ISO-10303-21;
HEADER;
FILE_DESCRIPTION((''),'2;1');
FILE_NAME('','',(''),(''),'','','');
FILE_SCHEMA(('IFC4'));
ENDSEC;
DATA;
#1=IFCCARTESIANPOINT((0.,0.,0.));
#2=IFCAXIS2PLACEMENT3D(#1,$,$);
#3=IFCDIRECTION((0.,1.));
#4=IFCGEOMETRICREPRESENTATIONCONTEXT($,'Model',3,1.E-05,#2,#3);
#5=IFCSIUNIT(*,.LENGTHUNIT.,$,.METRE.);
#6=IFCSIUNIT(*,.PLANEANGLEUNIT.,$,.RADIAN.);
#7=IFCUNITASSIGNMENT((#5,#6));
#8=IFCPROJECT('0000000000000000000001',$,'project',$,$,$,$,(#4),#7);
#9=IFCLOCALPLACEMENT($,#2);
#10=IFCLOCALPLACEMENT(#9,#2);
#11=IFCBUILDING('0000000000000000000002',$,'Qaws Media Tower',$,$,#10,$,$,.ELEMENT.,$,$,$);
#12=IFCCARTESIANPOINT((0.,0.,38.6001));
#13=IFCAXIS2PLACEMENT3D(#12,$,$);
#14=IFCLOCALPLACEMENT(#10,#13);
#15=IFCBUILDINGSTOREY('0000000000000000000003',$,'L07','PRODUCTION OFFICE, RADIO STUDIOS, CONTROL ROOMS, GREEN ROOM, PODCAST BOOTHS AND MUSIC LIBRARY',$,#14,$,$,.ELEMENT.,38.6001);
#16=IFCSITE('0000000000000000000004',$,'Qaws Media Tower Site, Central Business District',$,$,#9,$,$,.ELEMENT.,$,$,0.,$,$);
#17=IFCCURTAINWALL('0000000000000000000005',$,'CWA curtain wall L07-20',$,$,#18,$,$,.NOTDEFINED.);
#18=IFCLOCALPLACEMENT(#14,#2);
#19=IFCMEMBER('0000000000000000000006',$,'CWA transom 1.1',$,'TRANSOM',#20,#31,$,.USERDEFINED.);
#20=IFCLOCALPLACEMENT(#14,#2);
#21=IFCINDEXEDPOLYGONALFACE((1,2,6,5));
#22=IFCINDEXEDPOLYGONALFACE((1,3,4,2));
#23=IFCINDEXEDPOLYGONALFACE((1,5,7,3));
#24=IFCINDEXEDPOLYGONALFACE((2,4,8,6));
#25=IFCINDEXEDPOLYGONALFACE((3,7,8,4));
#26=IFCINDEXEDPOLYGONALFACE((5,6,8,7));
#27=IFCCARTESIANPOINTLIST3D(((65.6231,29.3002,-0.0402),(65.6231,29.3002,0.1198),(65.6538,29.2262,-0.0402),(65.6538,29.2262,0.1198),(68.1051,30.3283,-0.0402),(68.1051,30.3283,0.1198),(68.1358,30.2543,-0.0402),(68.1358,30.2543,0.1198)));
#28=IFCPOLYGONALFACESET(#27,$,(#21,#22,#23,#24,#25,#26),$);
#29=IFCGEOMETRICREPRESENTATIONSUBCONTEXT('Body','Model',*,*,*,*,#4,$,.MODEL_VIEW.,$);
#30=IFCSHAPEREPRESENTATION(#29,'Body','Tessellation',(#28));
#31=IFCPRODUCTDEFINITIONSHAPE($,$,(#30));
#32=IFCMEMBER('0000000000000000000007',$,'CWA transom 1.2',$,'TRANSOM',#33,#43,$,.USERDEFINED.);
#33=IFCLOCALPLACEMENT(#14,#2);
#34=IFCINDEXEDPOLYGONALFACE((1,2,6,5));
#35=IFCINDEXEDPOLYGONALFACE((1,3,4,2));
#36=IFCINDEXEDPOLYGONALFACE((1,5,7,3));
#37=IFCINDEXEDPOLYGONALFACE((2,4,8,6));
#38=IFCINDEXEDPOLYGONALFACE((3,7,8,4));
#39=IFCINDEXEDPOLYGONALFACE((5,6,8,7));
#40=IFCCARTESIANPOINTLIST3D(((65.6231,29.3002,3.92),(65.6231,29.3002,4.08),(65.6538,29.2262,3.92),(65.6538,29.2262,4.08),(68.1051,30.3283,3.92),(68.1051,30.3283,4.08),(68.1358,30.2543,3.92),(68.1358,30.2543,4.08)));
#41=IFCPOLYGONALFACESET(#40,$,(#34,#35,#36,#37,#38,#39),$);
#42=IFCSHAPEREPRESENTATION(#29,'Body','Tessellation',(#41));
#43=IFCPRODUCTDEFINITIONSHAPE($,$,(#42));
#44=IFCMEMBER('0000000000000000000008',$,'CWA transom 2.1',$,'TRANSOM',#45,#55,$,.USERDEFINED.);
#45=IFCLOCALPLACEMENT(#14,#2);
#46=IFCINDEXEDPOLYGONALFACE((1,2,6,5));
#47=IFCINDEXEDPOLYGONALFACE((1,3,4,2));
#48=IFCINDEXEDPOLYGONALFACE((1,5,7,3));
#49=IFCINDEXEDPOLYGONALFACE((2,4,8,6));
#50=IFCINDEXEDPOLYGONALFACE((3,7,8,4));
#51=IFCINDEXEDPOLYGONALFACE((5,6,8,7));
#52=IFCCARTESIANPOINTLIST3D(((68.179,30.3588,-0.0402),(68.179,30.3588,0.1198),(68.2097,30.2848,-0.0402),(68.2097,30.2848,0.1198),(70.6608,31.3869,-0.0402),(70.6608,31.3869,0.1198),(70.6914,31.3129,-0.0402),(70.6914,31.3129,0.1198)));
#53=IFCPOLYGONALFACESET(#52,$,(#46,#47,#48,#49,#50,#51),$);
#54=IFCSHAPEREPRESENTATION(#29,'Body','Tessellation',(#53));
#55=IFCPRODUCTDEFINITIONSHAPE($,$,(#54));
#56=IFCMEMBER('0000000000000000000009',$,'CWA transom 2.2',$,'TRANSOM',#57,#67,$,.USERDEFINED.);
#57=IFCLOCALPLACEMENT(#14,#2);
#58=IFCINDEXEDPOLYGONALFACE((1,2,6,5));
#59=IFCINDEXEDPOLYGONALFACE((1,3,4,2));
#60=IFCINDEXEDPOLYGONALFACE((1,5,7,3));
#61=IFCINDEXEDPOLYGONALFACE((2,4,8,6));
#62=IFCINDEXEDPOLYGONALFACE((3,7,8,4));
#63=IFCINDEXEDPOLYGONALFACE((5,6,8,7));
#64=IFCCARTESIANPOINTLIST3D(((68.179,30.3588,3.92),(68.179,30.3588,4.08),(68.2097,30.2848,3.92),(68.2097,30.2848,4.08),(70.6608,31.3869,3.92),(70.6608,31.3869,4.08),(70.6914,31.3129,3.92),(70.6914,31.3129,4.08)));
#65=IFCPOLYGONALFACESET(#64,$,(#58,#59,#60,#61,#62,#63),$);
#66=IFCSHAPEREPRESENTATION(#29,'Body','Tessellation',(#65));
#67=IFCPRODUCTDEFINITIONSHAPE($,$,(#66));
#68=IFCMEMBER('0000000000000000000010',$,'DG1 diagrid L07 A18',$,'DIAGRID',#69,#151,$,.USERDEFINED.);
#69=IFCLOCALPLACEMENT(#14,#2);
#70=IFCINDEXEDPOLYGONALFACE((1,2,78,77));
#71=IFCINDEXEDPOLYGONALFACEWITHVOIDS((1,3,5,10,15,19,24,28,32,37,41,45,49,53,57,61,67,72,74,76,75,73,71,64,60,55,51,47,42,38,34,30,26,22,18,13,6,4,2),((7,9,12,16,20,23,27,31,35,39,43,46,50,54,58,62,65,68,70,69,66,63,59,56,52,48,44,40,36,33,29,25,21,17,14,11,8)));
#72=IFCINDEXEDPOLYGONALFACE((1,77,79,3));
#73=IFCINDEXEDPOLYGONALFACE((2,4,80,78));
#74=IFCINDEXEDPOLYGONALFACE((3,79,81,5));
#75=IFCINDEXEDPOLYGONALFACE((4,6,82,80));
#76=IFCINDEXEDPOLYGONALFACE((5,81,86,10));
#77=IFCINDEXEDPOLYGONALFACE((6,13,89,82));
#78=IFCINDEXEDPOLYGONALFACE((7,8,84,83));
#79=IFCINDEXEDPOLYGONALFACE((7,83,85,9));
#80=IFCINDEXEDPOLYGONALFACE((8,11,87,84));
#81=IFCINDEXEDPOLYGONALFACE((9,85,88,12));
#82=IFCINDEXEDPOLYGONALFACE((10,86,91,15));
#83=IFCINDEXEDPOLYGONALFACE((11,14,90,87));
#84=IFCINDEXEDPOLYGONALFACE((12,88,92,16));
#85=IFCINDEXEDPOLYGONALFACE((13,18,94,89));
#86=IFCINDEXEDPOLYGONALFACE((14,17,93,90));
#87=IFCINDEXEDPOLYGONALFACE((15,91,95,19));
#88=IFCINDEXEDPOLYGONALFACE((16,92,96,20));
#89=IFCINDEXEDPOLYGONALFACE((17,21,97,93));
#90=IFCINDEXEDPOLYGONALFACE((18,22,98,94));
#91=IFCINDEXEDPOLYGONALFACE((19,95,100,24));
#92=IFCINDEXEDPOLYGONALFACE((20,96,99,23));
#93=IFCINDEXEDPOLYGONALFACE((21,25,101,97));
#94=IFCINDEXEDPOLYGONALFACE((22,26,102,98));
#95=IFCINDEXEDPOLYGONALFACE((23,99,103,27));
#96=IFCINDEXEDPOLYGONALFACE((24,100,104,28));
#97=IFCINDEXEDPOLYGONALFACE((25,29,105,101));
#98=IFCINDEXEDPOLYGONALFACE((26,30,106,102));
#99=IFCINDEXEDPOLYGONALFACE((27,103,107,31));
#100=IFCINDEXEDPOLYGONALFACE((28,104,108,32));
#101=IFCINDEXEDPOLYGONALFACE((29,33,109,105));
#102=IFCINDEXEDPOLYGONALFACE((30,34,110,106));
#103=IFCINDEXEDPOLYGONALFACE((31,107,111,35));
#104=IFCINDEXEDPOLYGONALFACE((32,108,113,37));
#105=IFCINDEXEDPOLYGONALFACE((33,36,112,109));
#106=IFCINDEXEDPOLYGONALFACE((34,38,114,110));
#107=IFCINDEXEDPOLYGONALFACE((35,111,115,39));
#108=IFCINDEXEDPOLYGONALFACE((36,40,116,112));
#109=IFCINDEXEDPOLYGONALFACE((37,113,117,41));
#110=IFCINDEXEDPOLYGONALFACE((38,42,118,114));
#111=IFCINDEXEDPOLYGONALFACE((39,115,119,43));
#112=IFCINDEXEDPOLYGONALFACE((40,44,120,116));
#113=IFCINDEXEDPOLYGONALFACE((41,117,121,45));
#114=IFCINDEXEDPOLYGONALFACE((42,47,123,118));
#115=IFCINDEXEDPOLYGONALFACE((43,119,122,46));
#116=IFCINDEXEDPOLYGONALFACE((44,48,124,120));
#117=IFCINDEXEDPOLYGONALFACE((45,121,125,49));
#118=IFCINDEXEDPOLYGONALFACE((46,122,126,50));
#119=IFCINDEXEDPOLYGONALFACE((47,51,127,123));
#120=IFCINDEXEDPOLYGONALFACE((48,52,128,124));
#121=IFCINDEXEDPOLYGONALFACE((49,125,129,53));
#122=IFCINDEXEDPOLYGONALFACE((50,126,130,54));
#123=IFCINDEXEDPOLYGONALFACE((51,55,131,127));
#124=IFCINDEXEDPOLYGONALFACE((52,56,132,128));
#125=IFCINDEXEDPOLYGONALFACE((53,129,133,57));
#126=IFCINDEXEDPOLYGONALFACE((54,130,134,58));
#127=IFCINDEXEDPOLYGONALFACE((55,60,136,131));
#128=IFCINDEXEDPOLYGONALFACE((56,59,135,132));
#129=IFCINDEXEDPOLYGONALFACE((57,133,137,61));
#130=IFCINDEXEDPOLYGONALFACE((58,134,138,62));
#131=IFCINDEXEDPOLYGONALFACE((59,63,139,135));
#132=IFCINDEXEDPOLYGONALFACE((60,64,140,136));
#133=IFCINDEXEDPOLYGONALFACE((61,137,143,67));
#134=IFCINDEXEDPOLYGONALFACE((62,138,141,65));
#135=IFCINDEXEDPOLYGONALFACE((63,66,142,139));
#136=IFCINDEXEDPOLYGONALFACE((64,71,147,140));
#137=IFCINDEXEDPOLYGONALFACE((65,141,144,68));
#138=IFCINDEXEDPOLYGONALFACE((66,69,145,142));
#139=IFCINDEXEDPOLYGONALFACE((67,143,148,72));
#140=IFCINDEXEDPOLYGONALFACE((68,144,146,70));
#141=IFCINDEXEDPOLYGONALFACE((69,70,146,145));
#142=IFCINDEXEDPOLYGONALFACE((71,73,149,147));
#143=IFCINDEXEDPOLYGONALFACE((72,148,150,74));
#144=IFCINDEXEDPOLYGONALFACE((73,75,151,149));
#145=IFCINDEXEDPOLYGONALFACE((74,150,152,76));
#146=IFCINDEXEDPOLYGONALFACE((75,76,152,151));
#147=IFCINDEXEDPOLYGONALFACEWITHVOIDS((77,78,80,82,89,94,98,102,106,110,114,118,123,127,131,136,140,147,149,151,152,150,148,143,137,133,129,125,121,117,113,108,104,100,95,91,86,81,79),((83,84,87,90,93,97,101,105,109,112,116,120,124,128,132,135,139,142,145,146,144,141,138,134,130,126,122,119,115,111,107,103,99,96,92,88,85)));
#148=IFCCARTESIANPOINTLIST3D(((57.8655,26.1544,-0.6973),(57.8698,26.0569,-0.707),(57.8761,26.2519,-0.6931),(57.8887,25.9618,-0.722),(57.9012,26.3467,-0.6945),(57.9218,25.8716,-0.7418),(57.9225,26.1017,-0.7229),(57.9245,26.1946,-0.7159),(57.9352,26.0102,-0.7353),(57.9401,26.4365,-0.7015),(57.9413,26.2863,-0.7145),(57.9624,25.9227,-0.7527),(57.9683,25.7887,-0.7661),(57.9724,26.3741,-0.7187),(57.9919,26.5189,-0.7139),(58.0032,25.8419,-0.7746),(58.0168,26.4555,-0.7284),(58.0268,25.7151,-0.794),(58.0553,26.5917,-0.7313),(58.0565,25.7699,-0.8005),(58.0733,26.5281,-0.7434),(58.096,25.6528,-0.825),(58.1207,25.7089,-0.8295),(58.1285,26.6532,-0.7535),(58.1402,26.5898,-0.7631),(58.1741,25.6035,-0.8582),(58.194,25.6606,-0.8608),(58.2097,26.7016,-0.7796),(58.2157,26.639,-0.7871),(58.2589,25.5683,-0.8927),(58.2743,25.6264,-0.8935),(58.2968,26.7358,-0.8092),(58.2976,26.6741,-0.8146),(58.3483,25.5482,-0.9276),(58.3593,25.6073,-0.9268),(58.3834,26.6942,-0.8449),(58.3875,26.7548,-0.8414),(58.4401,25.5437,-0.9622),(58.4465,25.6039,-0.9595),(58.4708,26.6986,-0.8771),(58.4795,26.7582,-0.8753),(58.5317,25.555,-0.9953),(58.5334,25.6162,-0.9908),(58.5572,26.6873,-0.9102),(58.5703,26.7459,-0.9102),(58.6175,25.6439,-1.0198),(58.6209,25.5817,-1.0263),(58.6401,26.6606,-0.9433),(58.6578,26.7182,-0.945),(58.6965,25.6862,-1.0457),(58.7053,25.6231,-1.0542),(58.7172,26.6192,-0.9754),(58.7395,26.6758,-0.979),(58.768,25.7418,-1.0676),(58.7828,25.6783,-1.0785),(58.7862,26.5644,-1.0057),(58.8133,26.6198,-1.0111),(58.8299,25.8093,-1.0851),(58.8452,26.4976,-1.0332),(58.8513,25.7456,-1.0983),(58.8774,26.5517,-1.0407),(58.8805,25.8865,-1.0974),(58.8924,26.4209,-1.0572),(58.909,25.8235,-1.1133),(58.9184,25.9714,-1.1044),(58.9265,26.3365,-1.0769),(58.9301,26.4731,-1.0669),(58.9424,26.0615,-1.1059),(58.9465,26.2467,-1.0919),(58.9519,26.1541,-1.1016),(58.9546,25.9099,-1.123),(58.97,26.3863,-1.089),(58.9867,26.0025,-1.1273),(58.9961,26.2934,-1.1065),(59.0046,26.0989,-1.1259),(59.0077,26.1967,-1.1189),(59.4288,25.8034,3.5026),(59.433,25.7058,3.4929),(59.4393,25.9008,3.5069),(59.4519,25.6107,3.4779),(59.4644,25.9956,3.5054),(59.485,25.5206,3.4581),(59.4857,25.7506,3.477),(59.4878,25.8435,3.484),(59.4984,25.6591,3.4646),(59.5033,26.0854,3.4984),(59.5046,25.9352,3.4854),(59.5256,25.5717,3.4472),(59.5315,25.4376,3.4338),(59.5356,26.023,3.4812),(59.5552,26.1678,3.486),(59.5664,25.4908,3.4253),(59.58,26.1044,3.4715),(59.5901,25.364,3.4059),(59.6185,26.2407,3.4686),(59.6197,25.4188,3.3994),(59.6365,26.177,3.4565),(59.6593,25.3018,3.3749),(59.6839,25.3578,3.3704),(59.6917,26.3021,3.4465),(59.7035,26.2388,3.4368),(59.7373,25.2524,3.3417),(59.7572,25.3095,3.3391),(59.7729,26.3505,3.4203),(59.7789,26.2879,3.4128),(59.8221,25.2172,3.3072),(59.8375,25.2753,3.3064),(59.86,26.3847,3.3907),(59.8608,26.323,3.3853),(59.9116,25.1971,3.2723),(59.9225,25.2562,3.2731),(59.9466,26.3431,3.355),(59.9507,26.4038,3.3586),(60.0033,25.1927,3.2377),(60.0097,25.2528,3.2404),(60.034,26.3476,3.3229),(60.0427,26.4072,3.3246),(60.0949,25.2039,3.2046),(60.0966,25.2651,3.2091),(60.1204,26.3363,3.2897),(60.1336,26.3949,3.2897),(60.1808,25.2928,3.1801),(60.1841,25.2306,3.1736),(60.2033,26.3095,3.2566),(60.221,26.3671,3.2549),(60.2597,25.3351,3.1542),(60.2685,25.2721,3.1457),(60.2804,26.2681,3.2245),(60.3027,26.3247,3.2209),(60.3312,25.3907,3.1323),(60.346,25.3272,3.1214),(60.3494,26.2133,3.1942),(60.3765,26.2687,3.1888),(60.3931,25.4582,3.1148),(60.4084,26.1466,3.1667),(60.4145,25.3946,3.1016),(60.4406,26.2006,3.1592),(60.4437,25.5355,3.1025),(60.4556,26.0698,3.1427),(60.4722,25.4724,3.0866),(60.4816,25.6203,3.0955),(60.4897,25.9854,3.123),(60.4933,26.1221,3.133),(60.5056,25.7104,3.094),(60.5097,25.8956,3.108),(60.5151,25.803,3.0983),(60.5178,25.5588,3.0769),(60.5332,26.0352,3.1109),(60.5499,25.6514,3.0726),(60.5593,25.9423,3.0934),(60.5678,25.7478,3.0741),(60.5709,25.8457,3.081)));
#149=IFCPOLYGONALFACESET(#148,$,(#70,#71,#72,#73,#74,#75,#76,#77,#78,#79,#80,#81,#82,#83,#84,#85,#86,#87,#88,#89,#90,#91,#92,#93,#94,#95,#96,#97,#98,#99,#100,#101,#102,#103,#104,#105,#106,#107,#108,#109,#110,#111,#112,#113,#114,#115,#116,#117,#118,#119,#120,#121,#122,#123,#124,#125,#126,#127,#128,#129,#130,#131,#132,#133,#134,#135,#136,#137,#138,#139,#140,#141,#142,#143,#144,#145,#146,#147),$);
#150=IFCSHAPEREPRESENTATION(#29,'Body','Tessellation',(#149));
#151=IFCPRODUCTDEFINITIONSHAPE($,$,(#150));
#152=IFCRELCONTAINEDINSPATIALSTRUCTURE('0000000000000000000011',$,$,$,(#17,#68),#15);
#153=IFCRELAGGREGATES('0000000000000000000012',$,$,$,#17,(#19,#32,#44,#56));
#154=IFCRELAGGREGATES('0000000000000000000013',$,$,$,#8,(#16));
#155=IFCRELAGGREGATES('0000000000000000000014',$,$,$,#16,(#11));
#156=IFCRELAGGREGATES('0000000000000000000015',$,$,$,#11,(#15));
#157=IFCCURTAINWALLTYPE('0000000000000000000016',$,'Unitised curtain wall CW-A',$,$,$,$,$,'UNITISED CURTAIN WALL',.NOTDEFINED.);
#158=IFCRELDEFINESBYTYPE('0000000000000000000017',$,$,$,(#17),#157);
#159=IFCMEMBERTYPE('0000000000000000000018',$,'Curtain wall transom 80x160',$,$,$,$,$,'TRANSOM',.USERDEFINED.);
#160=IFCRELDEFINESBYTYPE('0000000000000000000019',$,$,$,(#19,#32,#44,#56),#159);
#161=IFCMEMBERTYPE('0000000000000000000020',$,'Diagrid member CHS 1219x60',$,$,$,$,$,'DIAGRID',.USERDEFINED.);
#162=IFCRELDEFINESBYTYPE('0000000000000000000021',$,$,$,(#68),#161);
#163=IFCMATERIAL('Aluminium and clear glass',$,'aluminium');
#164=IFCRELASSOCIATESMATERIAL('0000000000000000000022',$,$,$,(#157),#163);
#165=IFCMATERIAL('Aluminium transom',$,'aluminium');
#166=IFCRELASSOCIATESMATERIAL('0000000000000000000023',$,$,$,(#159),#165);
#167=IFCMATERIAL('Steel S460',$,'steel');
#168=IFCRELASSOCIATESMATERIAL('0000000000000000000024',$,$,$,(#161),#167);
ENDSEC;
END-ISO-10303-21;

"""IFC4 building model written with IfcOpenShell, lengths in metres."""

from ifc_helpers import new_model, si_unit, direction, frame, origin, origin_2d, place, context, subcontext, project, spatial, rectangle, hollow_circle, extrude, material, material_profile, profile_set, type_object, element, aggregate, save


model = new_model("IFC4")

# Units and contexts
model_context = context("Model", 3, precision=1e-05, world=origin(), true_north=direction((0.0, 1.0)))
body_context = subcontext(model_context, "Body", "Model", "MODEL_VIEW")
ifc_project = project(units=[si_unit("LENGTHUNIT", "METRE"), si_unit("PLANEANGLEUNIT", "RADIAN")], contexts=[model_context])

# Site, building, storey
site_placement = place(None, origin())
site = spatial("IfcSite", under=ifc_project, at=site_placement, Name="Qaws Media Tower Site, Central Business District", CompositionType="ELEMENT", RefElevation=0.0)
building_placement = place(site_placement, origin())
building = spatial("IfcBuilding", under=site, at=building_placement, Name="Qaws Media Tower", CompositionType="ELEMENT")
storey_placement = place(building_placement, frame((0.0, 0.0, 38.6001)))
storey = spatial("IfcBuildingStorey", under=building, at=storey_placement, Name="L07", Description="PRODUCTION OFFICE, RADIO STUDIOS, CONTROL ROOMS, GREEN ROOM, PODCAST BOOTHS AND MUSIC LIBRARY", CompositionType="ELEMENT", Elevation=38.6001)

# Curtain wall
ifc_material_1 = material(Name="Aluminium and clear glass", Category="aluminium")
curtain_wall_type = type_object("IfcCurtainWallType", Name="Unitised curtain wall CW-A", ElementType="UNITISED CURTAIN WALL", PredefinedType="NOTDEFINED", material=ifc_material_1)
curtain_wall_1_placement = place(storey_placement, origin())
curtain_wall_1 = element("IfcCurtainWall", 1, at=curtain_wall_1_placement, inside=storey, type_object=curtain_wall_type, Name="CWA curtain wall L07-20", PredefinedType="NOTDEFINED")

# Members
ifc_material_2 = material(Name="Aluminium transom", Category="aluminium")
ifc_material_profile_1 = material_profile(ifc_material_2, rectangle(XDim=0.0801, YDim=0.1599, at=origin_2d()), Name="80x160")
ifc_profile_set_1 = profile_set([ifc_material_profile_1], Name="Aluminium transom")
member_type_1 = type_object("IfcMemberType", Name="Curtain wall transom 80x160", ElementType="TRANSOM", PredefinedType="USERDEFINED", material=ifc_profile_set_1)
member_1_placement = place(storey_placement, frame((65.6384, 29.2632, 0.0398), z_axis=(0.923876, 0.382692, 0.0), x_axis=(-0.382692, 0.923876, 0.0)))
member_1 = element("IfcMember", 2, at=member_1_placement, type_object=member_type_1, Name="CWA transom 1.1", ObjectType="TRANSOM", PredefinedType="USERDEFINED", context=body_context, shape_type="SweptSolid", body=[
    extrude(rectangle(XDim=0.0801, YDim=0.1599, at=origin_2d()), origin(), (0.0, 0.0, 1.0), 2.6865),
])
member_2_placement = place(storey_placement, frame((65.6384, 29.2632, 4.0), z_axis=(0.923876, 0.382692, 0.0), x_axis=(-0.382692, 0.923876, 0.0)))
member_2 = element("IfcMember", 3, at=member_2_placement, type_object=member_type_1, Name="CWA transom 1.2", ObjectType="TRANSOM", PredefinedType="USERDEFINED", context=body_context, shape_type="SweptSolid", body=[
    extrude(rectangle(XDim=0.0801, YDim=0.1599, at=origin_2d()), origin(), (0.0, 0.0, 1.0), 2.6865),
])
member_3_placement = place(storey_placement, frame((68.1943, 30.3218, 0.0398), z_axis=(0.923863, 0.382724, 0.0), x_axis=(-0.382724, 0.923863, 0.0)))
member_3 = element("IfcMember", 4, at=member_3_placement, type_object=member_type_1, Name="CWA transom 2.1", ObjectType="TRANSOM", PredefinedType="USERDEFINED", context=body_context, shape_type="SweptSolid", body=[
    extrude(rectangle(XDim=0.0801, YDim=0.1599, at=origin_2d()), origin(), (0.0, 0.0, 1.0), 2.6863),
])
member_4_placement = place(storey_placement, frame((68.1943, 30.3218, 4.0), z_axis=(0.923863, 0.382724, 0.0), x_axis=(-0.382724, 0.923863, 0.0)))
member_4 = element("IfcMember", 5, at=member_4_placement, type_object=member_type_1, Name="CWA transom 2.2", ObjectType="TRANSOM", PredefinedType="USERDEFINED", context=body_context, shape_type="SweptSolid", body=[
    extrude(rectangle(XDim=0.0801, YDim=0.1599, at=origin_2d()), origin(), (0.0, 0.0, 1.0), 2.6863),
])

# Member
ifc_material_3 = material(Name="Steel S460", Category="steel")
ifc_material_profile_2 = material_profile(ifc_material_3, hollow_circle(Radius=0.6096, WallThickness=0.0601, at=origin_2d()), Name="CHS 1219x60")
ifc_profile_set_2 = profile_set([ifc_material_profile_2], Name="Steel S460")
member_type_2 = type_object("IfcMemberType", Name="Diagrid member CHS 1219x60", ElementType="DIAGRID", PredefinedType="USERDEFINED", material=ifc_profile_set_2)
for number, where, z_axis, x_axis, name in (
    (6, (58.4368, 26.1511, -0.9102), (0.347758, -0.0781, 0.934326), (0.219124, 0.975697, 0.0), "DG1 diagrid L07 A18"),
):
    element("IfcMember", number, at=place(storey_placement, frame(where, z_axis=z_axis, x_axis=x_axis)), inside=storey, type_object=member_type_2, Name=name, ObjectType="DIAGRID", PredefinedType="USERDEFINED", context=body_context, shape_type="SweptSolid", body=[
        extrude(hollow_circle(Radius=0.6096, WallThickness=0.0601, at=origin_2d()), origin(), (0.0, 0.0, 1.0), 4.4951),
    ])

aggregate(curtain_wall_1, [member_1, member_2, member_3, member_4])

save(model, "model.ifc")
